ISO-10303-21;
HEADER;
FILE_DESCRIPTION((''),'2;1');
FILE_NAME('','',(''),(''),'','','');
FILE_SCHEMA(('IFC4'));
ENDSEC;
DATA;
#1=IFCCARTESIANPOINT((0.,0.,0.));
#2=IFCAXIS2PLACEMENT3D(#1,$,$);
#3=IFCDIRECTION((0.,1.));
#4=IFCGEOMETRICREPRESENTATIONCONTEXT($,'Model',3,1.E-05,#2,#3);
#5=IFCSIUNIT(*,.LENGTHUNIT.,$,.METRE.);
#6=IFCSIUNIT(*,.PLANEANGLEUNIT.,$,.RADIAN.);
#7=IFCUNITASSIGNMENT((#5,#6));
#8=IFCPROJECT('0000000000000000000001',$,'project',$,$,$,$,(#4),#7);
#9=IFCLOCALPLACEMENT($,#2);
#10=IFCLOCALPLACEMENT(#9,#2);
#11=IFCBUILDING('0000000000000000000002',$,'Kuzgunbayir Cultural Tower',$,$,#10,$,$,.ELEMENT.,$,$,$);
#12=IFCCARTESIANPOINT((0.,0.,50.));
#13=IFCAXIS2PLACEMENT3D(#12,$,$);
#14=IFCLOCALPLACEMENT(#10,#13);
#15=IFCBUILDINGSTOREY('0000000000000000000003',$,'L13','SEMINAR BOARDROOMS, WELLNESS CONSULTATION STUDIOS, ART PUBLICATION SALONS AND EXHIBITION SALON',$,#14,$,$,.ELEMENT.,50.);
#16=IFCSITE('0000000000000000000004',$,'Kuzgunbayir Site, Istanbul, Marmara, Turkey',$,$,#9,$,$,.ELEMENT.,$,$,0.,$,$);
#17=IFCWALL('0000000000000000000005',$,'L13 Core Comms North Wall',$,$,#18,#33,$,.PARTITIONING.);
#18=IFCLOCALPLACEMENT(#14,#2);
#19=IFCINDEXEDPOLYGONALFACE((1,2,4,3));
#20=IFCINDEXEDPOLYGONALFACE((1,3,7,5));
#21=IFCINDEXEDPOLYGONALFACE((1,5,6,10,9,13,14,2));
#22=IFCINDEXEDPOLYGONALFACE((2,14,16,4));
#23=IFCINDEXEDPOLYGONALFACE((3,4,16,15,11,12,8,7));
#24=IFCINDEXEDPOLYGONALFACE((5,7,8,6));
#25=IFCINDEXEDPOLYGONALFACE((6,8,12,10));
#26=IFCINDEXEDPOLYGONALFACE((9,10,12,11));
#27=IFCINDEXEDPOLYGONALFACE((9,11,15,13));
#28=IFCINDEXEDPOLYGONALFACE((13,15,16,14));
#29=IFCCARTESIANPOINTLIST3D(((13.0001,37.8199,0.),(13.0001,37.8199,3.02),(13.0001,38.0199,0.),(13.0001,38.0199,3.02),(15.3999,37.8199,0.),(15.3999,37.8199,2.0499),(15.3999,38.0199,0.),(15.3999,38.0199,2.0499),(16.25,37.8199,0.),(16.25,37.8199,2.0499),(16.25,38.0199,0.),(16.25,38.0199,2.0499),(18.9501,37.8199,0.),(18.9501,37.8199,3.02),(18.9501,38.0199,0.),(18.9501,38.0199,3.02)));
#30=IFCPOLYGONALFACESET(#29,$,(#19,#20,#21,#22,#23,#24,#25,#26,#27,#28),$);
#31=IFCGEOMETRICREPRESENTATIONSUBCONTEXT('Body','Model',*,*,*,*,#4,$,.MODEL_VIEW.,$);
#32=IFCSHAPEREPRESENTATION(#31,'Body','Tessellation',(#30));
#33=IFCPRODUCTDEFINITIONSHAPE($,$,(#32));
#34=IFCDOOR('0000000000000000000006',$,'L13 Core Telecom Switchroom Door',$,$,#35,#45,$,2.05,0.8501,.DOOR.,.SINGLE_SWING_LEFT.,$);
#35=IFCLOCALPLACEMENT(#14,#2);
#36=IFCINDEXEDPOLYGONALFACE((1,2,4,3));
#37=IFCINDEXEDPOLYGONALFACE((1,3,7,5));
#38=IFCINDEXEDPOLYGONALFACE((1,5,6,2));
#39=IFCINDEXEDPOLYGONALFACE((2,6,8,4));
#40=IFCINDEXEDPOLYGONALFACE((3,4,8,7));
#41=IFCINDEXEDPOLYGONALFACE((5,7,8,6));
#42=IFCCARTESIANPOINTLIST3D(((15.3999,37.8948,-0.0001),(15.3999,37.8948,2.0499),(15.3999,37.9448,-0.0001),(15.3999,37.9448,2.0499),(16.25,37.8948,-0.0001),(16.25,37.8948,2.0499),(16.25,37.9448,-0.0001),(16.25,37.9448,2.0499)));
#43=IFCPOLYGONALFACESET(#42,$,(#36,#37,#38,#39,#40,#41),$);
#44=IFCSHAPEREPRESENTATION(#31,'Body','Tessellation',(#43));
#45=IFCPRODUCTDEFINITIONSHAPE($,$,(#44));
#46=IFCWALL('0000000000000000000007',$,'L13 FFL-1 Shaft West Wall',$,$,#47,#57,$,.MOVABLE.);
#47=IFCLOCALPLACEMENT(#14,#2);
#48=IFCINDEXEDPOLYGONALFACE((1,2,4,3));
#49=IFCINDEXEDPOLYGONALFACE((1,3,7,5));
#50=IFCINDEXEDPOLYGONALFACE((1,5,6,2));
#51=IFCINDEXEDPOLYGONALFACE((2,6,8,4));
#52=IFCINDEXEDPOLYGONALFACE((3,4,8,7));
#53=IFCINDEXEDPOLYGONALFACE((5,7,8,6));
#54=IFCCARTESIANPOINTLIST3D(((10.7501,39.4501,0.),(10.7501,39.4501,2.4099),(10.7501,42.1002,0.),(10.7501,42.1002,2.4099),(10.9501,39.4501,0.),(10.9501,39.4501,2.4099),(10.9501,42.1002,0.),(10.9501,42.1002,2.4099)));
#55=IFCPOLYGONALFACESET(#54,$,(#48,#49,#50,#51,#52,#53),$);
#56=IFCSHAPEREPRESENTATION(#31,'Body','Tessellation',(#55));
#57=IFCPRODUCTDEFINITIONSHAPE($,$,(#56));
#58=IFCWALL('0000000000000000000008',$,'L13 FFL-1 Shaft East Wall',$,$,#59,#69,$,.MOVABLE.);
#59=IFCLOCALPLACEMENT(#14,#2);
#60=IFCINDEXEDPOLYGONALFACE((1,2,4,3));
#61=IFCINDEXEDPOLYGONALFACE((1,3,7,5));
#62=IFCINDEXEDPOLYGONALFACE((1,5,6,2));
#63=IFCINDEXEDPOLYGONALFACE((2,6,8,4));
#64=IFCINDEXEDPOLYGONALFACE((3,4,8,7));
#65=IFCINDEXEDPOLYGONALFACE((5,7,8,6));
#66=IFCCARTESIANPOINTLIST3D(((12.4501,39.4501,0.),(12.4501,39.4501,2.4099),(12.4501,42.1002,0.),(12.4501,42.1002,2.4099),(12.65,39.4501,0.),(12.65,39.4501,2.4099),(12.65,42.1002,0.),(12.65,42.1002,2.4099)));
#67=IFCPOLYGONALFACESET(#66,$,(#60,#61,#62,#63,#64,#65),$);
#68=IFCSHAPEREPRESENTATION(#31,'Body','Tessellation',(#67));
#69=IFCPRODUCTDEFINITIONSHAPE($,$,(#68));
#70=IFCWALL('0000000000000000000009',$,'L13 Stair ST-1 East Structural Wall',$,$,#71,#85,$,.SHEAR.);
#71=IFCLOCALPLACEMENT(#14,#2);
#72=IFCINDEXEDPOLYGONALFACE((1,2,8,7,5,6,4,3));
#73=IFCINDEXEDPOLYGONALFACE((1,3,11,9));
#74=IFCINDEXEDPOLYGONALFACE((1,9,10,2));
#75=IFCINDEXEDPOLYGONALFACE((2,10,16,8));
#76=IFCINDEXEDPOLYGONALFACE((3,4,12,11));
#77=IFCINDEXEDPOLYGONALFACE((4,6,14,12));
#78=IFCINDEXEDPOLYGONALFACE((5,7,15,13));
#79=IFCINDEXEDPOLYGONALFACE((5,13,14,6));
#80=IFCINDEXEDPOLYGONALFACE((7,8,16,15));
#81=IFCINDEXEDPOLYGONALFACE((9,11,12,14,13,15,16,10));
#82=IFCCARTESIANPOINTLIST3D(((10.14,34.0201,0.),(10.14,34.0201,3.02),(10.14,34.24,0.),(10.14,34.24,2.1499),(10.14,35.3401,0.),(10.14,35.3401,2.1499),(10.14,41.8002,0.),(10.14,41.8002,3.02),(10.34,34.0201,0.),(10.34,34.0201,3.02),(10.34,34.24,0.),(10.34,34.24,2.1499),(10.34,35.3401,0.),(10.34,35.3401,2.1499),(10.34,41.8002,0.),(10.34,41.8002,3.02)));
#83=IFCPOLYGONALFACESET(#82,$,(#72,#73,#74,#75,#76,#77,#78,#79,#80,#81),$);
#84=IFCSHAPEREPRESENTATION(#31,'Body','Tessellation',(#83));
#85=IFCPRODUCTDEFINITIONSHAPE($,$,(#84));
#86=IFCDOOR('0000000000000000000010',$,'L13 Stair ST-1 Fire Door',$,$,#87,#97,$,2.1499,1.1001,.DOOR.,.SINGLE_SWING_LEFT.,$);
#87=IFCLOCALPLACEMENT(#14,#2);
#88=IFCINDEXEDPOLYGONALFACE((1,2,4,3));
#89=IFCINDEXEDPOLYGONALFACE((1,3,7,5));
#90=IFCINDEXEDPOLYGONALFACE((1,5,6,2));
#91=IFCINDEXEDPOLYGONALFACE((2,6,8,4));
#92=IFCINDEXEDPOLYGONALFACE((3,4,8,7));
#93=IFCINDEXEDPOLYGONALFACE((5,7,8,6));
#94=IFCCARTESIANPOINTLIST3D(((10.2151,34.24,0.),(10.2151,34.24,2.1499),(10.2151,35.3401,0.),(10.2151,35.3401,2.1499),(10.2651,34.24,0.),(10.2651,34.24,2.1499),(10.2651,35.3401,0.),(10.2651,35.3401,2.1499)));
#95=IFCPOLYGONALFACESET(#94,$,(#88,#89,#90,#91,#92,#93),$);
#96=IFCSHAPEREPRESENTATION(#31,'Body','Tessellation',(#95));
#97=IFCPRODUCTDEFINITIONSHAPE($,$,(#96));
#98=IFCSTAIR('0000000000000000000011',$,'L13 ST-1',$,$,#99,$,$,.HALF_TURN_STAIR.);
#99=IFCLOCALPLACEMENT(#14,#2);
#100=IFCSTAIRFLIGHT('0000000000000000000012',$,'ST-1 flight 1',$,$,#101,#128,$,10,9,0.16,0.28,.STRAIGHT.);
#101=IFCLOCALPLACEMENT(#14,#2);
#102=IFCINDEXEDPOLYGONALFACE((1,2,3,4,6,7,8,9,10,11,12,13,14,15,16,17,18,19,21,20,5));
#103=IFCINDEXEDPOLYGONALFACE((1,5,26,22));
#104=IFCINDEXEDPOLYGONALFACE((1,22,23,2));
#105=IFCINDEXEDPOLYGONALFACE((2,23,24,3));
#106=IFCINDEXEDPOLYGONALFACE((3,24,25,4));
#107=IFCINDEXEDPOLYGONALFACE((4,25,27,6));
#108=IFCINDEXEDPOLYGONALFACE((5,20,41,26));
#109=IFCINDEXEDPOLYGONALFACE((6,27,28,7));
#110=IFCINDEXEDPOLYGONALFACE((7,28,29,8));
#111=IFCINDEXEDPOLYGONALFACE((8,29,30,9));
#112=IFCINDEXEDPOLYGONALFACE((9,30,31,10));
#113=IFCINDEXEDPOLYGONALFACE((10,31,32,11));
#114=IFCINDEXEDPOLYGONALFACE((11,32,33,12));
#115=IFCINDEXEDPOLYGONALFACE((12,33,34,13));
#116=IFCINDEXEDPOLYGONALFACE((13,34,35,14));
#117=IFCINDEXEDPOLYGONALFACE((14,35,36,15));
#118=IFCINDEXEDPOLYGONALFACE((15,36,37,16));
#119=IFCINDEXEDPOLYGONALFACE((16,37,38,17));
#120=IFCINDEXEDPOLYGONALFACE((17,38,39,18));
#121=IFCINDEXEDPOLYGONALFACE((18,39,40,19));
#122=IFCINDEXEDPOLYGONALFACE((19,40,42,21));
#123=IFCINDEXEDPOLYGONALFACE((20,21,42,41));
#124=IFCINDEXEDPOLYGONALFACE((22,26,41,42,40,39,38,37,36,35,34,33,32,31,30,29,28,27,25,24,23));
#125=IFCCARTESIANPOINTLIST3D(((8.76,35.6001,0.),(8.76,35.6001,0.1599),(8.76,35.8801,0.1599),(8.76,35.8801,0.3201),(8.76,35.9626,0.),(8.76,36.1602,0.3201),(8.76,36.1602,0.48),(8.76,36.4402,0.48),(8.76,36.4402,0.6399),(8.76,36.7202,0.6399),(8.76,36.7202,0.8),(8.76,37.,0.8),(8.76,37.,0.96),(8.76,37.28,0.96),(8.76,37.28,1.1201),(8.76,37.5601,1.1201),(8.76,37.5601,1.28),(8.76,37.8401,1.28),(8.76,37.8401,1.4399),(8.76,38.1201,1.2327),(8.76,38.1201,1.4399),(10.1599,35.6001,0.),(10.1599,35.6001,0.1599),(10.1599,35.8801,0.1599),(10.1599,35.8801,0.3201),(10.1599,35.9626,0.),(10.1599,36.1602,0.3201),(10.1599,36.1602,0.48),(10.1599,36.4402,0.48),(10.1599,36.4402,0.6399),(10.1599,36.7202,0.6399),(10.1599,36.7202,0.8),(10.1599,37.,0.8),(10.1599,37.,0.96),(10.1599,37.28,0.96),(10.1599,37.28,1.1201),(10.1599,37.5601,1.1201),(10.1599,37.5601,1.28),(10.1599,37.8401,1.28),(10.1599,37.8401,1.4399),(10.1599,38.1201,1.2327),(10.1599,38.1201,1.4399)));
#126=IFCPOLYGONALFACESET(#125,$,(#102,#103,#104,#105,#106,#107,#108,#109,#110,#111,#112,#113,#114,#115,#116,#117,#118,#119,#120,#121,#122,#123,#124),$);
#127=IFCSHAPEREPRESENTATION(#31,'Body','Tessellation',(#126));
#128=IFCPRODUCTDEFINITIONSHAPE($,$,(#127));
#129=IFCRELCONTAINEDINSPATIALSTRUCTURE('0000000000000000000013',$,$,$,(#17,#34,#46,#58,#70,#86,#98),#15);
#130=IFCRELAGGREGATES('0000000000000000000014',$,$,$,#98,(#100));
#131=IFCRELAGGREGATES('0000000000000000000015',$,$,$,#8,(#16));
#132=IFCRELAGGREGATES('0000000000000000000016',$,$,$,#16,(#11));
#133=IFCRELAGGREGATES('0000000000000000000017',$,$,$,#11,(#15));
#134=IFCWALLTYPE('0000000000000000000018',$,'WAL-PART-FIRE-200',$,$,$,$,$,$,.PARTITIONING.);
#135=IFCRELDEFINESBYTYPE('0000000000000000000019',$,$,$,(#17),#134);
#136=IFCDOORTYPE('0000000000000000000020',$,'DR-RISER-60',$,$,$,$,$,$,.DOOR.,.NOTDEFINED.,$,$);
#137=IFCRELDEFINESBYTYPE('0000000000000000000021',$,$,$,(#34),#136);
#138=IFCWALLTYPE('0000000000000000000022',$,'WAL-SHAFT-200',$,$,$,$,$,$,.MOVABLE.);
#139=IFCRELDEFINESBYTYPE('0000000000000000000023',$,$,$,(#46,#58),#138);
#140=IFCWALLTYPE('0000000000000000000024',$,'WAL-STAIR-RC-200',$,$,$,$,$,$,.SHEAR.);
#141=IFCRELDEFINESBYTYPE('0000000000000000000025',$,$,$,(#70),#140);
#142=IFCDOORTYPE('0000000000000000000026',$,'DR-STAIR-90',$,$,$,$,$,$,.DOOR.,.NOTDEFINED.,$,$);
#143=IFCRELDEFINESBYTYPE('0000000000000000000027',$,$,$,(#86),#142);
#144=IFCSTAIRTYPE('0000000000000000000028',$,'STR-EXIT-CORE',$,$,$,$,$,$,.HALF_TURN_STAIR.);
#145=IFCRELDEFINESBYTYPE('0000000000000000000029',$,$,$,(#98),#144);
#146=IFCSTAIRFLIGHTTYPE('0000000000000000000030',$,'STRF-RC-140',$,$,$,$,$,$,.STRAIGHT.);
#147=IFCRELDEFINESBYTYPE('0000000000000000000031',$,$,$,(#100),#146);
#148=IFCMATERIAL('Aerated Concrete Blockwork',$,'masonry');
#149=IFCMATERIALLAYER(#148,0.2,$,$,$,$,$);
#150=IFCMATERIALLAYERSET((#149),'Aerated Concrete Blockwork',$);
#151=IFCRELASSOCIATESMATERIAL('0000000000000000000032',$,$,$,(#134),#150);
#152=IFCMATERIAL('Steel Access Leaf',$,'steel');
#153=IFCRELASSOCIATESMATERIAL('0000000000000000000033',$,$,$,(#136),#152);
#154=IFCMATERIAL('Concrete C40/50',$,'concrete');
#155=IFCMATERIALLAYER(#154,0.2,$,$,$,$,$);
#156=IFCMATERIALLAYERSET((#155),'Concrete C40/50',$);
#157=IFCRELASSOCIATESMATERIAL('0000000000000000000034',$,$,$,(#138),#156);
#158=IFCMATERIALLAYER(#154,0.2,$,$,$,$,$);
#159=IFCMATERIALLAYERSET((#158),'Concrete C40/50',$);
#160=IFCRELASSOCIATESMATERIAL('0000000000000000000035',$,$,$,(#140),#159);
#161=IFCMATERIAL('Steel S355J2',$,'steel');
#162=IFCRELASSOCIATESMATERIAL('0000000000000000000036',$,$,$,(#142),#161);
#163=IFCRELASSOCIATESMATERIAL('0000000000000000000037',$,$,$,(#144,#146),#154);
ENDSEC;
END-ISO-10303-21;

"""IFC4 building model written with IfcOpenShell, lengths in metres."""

from ifc_helpers import new_model, si_unit, direction, frame, frame_2d, origin, place, context, subcontext, project, spatial, polyline, rectangle, outline, extrude, material, layer, layer_set, type_object, element, fill, aggregate, save


model = new_model("IFC4")

# Units and contexts
model_context = context("Model", 3, precision=1e-05, world=origin(), true_north=direction((0.0, 1.0)))
body_context = subcontext(model_context, "Body", "Model", "MODEL_VIEW")
ifc_project = project(units=[si_unit("LENGTHUNIT", "METRE"), si_unit("PLANEANGLEUNIT", "RADIAN")], contexts=[model_context])

# Site, building, storey
site_placement = place(None, origin())
site = spatial("IfcSite", under=ifc_project, at=site_placement, Name="Kuzgunbayir Site, Istanbul, Marmara, Turkey", CompositionType="ELEMENT", RefElevation=0.0)
building_placement = place(site_placement, origin())
building = spatial("IfcBuilding", under=site, at=building_placement, Name="Kuzgunbayir Cultural Tower", CompositionType="ELEMENT")
storey_placement = place(building_placement, frame((0.0, 0.0, 50.0)))
storey = spatial("IfcBuildingStorey", under=building, at=storey_placement, Name="L13", Description="SEMINAR BOARDROOMS, WELLNESS CONSULTATION STUDIOS, ART PUBLICATION SALONS AND EXHIBITION SALON", CompositionType="ELEMENT", Elevation=50.0)

# Wall, opening, door
ifc_material_1 = material(Name="Aerated Concrete Blockwork", Category="masonry")
ifc_layer_1 = layer(ifc_material_1, 0.2)
ifc_layer_set_1 = layer_set([ifc_layer_1], Name="Aerated Concrete Blockwork")
wall_type_1 = type_object("IfcWallType", Name="WAL-PART-FIRE-200", PredefinedType="PARTITIONING", material=ifc_layer_set_1)
wall_1_placement = place(storey_placement, frame((13.0, 37.9199, 0.0), z_axis=(0.0, 0.0, 1.0), x_axis=(1.0, 0.0, 0.0)))
wall_1 = element("IfcWall", 1, at=wall_1_placement, inside=storey, type_object=wall_type_1, Name="L13 Core Comms North Wall", PredefinedType="PARTITIONING", context=body_context, shape_type="SweptSolid", body=[
    extrude(rectangle(XDim=5.95, YDim=0.2, at=frame_2d((2.9751, 0.0))), origin(), (0.0, 0.0, 1.0), 3.02),
])
opening_1_placement = place(wall_1_placement, frame((2.3999, 0.0, 0.0)))
opening_1 = element("IfcOpeningElement", 2, at=opening_1_placement, cuts=wall_1, PredefinedType="OPENING", context=body_context, shape_type="SweptSolid", body=[
    extrude(rectangle(XDim=0.8501, YDim=2.05, at=frame_2d((0.425, 1.0249))), frame((0.0, 0.1099, 0.0), z_axis=(0.0, -1.0, 0.0), x_axis=(1.0, 0.0, 0.0)), (0.0, 0.0, 1.0), 0.22),
])
ifc_material_2 = material(Name="Steel Access Leaf", Category="steel")
door_type_1 = type_object("IfcDoorType", Name="DR-RISER-60", OperationType="NOTDEFINED", PredefinedType="DOOR", material=ifc_material_2)
door_1_placement = place(opening_1_placement, origin())
door_1 = element("IfcDoor", 3, at=door_1_placement, inside=storey, type_object=door_type_1, Name="L13 Core Telecom Switchroom Door", OperationType="SINGLE_SWING_LEFT", OverallHeight=2.05, OverallWidth=0.8501, PredefinedType="DOOR", context=body_context, shape_type="SweptSolid", body=[
    extrude(rectangle(XDim=0.8501, YDim=2.05, at=frame_2d((0.425, 1.0249))), frame((0.0, 0.0249, 0.0), z_axis=(0.0, -1.0, 0.0), x_axis=(1.0, 0.0, 0.0)), (0.0, 0.0, 1.0), 0.05),
])
fill(opening_1, door_1)
ifc_material_3 = material(Name="Concrete C40/50", Category="concrete")
ifc_layer_2 = layer(ifc_material_3, 0.2)
ifc_layer_set_2 = layer_set([ifc_layer_2], Name="Concrete C40/50")
wall_type_2 = type_object("IfcWallType", Name="WAL-SHAFT-200", PredefinedType="MOVABLE", material=ifc_layer_set_2)

# Walls
for number, where, z_axis, x_axis, name in (
    (4, (10.8501, 39.45, 0.0), (0.0, 0.0, 1.0), (0.0, 1.0, 0.0), "L13 FFL-1 Shaft West Wall"),
    (5, (12.55, 39.45, 0.0), (0.0, 0.0, 1.0), (0.0, 1.0, 0.0), "L13 FFL-1 Shaft East Wall"),
):
    element("IfcWall", number, at=place(storey_placement, frame(where, z_axis=z_axis, x_axis=x_axis)), inside=storey, type_object=wall_type_2, Name=name, PredefinedType="MOVABLE", context=body_context, shape_type="SweptSolid", body=[
        extrude(rectangle(XDim=2.6501, YDim=0.2, at=frame_2d((1.3252, 0.0))), origin(), (0.0, 0.0, 1.0), 2.4099),
    ])

# Wall, opening, door
ifc_layer_3 = layer(ifc_material_3, 0.2)
ifc_layer_set_3 = layer_set([ifc_layer_3], Name="Concrete C40/50")
wall_type_3 = type_object("IfcWallType", Name="WAL-STAIR-RC-200", PredefinedType="SHEAR", material=ifc_layer_set_3)
wall_2_placement = place(storey_placement, frame((10.24, 34.02, 0.0), z_axis=(0.0, 0.0, 1.0), x_axis=(0.0, 1.0, 0.0)))
wall_2 = element("IfcWall", 6, at=wall_2_placement, inside=storey, type_object=wall_type_3, Name="L13 Stair ST-1 East Structural Wall", PredefinedType="SHEAR", context=body_context, shape_type="SweptSolid", body=[
    extrude(rectangle(XDim=7.78, YDim=0.2, at=frame_2d((3.8901, 0.0))), origin(), (0.0, 0.0, 1.0), 3.02),
])
opening_2_placement = place(wall_2_placement, frame((0.22, 0.0, 0.0)))
opening_2 = element("IfcOpeningElement", 7, at=opening_2_placement, cuts=wall_2, PredefinedType="OPENING", context=body_context, shape_type="SweptSolid", body=[
    extrude(rectangle(XDim=1.1001, YDim=2.1499, at=frame_2d((0.55, 1.075))), frame((0.0, 0.1099, 0.0), z_axis=(0.0, -1.0, 0.0), x_axis=(1.0, 0.0, 0.0)), (0.0, 0.0, 1.0), 0.22),
])
ifc_material_4 = material(Name="Steel S355J2", Category="steel")
door_type_2 = type_object("IfcDoorType", Name="DR-STAIR-90", OperationType="NOTDEFINED", PredefinedType="DOOR", material=ifc_material_4)
door_2_placement = place(opening_2_placement, origin())
door_2 = element("IfcDoor", 8, at=door_2_placement, inside=storey, type_object=door_type_2, Name="L13 Stair ST-1 Fire Door", OperationType="SINGLE_SWING_LEFT", OverallHeight=2.1499, OverallWidth=1.1001, PredefinedType="DOOR", context=body_context, shape_type="SweptSolid", body=[
    extrude(rectangle(XDim=1.1001, YDim=2.1499, at=frame_2d((0.55, 1.075))), frame((0.0, 0.0249, 0.0), z_axis=(0.0, -1.0, 0.0), x_axis=(1.0, 0.0, 0.0)), (0.0, 0.0, 1.0), 0.05),
])
fill(opening_2, door_2)

# Stair, stair flight
stair_type = type_object("IfcStairType", Name="STR-EXIT-CORE", PredefinedType="HALF_TURN_STAIR", material=ifc_material_3)
stair_placement = place(storey_placement, origin())
stair = element("IfcStair", 9, at=stair_placement, inside=storey, type_object=stair_type, Name="L13 ST-1", PredefinedType="HALF_TURN_STAIR")
stair_flight_type = type_object("IfcStairFlightType", Name="STRF-RC-140", PredefinedType="STRAIGHT", material=ifc_material_3)
stair_flight_placement = place(storey_placement, frame((9.46, 35.6001, 0.0), z_axis=(0.0, 0.0, 1.0), x_axis=(0.0, 1.0, 0.0)))
stair_flight = element("IfcStairFlight", 10, at=stair_flight_placement, type_object=stair_flight_type, Name="ST-1 flight 1", NumberOfRisers=10, NumberOfTreads=9, PredefinedType="STRAIGHT", RiserHeight=0.16, TreadLength=0.28, context=body_context, shape_type="SweptSolid", body=[
    extrude(outline(polyline([(0.0, 0.0), (0.0, 0.1599), (0.28, 0.1599), (0.28, 0.3201), (0.5601, 0.3201), (0.5601, 0.48), (0.8401, 0.48), (0.8401, 0.6399), (1.1201, 0.6399), (1.1201, 0.8), (1.3999, 0.8), (1.3999, 0.96), (1.6799, 0.96), (1.6799, 1.1201), (1.96, 1.1201), (1.96, 1.28), (2.24, 1.28), (2.24, 1.4399), (2.52, 1.4399), (2.52, 1.6001), (2.52, 1.2327), (0.3625, 0.0), (0.0, 0.0)])), frame((0.0, 0.7, 0.0), z_axis=(0.0, -1.0, 0.0), x_axis=(1.0, 0.0, 0.0)), (0.0, 0.0, 1.0), 1.3999),
])
aggregate(stair, [stair_flight])

save(model, "model.ifc")
